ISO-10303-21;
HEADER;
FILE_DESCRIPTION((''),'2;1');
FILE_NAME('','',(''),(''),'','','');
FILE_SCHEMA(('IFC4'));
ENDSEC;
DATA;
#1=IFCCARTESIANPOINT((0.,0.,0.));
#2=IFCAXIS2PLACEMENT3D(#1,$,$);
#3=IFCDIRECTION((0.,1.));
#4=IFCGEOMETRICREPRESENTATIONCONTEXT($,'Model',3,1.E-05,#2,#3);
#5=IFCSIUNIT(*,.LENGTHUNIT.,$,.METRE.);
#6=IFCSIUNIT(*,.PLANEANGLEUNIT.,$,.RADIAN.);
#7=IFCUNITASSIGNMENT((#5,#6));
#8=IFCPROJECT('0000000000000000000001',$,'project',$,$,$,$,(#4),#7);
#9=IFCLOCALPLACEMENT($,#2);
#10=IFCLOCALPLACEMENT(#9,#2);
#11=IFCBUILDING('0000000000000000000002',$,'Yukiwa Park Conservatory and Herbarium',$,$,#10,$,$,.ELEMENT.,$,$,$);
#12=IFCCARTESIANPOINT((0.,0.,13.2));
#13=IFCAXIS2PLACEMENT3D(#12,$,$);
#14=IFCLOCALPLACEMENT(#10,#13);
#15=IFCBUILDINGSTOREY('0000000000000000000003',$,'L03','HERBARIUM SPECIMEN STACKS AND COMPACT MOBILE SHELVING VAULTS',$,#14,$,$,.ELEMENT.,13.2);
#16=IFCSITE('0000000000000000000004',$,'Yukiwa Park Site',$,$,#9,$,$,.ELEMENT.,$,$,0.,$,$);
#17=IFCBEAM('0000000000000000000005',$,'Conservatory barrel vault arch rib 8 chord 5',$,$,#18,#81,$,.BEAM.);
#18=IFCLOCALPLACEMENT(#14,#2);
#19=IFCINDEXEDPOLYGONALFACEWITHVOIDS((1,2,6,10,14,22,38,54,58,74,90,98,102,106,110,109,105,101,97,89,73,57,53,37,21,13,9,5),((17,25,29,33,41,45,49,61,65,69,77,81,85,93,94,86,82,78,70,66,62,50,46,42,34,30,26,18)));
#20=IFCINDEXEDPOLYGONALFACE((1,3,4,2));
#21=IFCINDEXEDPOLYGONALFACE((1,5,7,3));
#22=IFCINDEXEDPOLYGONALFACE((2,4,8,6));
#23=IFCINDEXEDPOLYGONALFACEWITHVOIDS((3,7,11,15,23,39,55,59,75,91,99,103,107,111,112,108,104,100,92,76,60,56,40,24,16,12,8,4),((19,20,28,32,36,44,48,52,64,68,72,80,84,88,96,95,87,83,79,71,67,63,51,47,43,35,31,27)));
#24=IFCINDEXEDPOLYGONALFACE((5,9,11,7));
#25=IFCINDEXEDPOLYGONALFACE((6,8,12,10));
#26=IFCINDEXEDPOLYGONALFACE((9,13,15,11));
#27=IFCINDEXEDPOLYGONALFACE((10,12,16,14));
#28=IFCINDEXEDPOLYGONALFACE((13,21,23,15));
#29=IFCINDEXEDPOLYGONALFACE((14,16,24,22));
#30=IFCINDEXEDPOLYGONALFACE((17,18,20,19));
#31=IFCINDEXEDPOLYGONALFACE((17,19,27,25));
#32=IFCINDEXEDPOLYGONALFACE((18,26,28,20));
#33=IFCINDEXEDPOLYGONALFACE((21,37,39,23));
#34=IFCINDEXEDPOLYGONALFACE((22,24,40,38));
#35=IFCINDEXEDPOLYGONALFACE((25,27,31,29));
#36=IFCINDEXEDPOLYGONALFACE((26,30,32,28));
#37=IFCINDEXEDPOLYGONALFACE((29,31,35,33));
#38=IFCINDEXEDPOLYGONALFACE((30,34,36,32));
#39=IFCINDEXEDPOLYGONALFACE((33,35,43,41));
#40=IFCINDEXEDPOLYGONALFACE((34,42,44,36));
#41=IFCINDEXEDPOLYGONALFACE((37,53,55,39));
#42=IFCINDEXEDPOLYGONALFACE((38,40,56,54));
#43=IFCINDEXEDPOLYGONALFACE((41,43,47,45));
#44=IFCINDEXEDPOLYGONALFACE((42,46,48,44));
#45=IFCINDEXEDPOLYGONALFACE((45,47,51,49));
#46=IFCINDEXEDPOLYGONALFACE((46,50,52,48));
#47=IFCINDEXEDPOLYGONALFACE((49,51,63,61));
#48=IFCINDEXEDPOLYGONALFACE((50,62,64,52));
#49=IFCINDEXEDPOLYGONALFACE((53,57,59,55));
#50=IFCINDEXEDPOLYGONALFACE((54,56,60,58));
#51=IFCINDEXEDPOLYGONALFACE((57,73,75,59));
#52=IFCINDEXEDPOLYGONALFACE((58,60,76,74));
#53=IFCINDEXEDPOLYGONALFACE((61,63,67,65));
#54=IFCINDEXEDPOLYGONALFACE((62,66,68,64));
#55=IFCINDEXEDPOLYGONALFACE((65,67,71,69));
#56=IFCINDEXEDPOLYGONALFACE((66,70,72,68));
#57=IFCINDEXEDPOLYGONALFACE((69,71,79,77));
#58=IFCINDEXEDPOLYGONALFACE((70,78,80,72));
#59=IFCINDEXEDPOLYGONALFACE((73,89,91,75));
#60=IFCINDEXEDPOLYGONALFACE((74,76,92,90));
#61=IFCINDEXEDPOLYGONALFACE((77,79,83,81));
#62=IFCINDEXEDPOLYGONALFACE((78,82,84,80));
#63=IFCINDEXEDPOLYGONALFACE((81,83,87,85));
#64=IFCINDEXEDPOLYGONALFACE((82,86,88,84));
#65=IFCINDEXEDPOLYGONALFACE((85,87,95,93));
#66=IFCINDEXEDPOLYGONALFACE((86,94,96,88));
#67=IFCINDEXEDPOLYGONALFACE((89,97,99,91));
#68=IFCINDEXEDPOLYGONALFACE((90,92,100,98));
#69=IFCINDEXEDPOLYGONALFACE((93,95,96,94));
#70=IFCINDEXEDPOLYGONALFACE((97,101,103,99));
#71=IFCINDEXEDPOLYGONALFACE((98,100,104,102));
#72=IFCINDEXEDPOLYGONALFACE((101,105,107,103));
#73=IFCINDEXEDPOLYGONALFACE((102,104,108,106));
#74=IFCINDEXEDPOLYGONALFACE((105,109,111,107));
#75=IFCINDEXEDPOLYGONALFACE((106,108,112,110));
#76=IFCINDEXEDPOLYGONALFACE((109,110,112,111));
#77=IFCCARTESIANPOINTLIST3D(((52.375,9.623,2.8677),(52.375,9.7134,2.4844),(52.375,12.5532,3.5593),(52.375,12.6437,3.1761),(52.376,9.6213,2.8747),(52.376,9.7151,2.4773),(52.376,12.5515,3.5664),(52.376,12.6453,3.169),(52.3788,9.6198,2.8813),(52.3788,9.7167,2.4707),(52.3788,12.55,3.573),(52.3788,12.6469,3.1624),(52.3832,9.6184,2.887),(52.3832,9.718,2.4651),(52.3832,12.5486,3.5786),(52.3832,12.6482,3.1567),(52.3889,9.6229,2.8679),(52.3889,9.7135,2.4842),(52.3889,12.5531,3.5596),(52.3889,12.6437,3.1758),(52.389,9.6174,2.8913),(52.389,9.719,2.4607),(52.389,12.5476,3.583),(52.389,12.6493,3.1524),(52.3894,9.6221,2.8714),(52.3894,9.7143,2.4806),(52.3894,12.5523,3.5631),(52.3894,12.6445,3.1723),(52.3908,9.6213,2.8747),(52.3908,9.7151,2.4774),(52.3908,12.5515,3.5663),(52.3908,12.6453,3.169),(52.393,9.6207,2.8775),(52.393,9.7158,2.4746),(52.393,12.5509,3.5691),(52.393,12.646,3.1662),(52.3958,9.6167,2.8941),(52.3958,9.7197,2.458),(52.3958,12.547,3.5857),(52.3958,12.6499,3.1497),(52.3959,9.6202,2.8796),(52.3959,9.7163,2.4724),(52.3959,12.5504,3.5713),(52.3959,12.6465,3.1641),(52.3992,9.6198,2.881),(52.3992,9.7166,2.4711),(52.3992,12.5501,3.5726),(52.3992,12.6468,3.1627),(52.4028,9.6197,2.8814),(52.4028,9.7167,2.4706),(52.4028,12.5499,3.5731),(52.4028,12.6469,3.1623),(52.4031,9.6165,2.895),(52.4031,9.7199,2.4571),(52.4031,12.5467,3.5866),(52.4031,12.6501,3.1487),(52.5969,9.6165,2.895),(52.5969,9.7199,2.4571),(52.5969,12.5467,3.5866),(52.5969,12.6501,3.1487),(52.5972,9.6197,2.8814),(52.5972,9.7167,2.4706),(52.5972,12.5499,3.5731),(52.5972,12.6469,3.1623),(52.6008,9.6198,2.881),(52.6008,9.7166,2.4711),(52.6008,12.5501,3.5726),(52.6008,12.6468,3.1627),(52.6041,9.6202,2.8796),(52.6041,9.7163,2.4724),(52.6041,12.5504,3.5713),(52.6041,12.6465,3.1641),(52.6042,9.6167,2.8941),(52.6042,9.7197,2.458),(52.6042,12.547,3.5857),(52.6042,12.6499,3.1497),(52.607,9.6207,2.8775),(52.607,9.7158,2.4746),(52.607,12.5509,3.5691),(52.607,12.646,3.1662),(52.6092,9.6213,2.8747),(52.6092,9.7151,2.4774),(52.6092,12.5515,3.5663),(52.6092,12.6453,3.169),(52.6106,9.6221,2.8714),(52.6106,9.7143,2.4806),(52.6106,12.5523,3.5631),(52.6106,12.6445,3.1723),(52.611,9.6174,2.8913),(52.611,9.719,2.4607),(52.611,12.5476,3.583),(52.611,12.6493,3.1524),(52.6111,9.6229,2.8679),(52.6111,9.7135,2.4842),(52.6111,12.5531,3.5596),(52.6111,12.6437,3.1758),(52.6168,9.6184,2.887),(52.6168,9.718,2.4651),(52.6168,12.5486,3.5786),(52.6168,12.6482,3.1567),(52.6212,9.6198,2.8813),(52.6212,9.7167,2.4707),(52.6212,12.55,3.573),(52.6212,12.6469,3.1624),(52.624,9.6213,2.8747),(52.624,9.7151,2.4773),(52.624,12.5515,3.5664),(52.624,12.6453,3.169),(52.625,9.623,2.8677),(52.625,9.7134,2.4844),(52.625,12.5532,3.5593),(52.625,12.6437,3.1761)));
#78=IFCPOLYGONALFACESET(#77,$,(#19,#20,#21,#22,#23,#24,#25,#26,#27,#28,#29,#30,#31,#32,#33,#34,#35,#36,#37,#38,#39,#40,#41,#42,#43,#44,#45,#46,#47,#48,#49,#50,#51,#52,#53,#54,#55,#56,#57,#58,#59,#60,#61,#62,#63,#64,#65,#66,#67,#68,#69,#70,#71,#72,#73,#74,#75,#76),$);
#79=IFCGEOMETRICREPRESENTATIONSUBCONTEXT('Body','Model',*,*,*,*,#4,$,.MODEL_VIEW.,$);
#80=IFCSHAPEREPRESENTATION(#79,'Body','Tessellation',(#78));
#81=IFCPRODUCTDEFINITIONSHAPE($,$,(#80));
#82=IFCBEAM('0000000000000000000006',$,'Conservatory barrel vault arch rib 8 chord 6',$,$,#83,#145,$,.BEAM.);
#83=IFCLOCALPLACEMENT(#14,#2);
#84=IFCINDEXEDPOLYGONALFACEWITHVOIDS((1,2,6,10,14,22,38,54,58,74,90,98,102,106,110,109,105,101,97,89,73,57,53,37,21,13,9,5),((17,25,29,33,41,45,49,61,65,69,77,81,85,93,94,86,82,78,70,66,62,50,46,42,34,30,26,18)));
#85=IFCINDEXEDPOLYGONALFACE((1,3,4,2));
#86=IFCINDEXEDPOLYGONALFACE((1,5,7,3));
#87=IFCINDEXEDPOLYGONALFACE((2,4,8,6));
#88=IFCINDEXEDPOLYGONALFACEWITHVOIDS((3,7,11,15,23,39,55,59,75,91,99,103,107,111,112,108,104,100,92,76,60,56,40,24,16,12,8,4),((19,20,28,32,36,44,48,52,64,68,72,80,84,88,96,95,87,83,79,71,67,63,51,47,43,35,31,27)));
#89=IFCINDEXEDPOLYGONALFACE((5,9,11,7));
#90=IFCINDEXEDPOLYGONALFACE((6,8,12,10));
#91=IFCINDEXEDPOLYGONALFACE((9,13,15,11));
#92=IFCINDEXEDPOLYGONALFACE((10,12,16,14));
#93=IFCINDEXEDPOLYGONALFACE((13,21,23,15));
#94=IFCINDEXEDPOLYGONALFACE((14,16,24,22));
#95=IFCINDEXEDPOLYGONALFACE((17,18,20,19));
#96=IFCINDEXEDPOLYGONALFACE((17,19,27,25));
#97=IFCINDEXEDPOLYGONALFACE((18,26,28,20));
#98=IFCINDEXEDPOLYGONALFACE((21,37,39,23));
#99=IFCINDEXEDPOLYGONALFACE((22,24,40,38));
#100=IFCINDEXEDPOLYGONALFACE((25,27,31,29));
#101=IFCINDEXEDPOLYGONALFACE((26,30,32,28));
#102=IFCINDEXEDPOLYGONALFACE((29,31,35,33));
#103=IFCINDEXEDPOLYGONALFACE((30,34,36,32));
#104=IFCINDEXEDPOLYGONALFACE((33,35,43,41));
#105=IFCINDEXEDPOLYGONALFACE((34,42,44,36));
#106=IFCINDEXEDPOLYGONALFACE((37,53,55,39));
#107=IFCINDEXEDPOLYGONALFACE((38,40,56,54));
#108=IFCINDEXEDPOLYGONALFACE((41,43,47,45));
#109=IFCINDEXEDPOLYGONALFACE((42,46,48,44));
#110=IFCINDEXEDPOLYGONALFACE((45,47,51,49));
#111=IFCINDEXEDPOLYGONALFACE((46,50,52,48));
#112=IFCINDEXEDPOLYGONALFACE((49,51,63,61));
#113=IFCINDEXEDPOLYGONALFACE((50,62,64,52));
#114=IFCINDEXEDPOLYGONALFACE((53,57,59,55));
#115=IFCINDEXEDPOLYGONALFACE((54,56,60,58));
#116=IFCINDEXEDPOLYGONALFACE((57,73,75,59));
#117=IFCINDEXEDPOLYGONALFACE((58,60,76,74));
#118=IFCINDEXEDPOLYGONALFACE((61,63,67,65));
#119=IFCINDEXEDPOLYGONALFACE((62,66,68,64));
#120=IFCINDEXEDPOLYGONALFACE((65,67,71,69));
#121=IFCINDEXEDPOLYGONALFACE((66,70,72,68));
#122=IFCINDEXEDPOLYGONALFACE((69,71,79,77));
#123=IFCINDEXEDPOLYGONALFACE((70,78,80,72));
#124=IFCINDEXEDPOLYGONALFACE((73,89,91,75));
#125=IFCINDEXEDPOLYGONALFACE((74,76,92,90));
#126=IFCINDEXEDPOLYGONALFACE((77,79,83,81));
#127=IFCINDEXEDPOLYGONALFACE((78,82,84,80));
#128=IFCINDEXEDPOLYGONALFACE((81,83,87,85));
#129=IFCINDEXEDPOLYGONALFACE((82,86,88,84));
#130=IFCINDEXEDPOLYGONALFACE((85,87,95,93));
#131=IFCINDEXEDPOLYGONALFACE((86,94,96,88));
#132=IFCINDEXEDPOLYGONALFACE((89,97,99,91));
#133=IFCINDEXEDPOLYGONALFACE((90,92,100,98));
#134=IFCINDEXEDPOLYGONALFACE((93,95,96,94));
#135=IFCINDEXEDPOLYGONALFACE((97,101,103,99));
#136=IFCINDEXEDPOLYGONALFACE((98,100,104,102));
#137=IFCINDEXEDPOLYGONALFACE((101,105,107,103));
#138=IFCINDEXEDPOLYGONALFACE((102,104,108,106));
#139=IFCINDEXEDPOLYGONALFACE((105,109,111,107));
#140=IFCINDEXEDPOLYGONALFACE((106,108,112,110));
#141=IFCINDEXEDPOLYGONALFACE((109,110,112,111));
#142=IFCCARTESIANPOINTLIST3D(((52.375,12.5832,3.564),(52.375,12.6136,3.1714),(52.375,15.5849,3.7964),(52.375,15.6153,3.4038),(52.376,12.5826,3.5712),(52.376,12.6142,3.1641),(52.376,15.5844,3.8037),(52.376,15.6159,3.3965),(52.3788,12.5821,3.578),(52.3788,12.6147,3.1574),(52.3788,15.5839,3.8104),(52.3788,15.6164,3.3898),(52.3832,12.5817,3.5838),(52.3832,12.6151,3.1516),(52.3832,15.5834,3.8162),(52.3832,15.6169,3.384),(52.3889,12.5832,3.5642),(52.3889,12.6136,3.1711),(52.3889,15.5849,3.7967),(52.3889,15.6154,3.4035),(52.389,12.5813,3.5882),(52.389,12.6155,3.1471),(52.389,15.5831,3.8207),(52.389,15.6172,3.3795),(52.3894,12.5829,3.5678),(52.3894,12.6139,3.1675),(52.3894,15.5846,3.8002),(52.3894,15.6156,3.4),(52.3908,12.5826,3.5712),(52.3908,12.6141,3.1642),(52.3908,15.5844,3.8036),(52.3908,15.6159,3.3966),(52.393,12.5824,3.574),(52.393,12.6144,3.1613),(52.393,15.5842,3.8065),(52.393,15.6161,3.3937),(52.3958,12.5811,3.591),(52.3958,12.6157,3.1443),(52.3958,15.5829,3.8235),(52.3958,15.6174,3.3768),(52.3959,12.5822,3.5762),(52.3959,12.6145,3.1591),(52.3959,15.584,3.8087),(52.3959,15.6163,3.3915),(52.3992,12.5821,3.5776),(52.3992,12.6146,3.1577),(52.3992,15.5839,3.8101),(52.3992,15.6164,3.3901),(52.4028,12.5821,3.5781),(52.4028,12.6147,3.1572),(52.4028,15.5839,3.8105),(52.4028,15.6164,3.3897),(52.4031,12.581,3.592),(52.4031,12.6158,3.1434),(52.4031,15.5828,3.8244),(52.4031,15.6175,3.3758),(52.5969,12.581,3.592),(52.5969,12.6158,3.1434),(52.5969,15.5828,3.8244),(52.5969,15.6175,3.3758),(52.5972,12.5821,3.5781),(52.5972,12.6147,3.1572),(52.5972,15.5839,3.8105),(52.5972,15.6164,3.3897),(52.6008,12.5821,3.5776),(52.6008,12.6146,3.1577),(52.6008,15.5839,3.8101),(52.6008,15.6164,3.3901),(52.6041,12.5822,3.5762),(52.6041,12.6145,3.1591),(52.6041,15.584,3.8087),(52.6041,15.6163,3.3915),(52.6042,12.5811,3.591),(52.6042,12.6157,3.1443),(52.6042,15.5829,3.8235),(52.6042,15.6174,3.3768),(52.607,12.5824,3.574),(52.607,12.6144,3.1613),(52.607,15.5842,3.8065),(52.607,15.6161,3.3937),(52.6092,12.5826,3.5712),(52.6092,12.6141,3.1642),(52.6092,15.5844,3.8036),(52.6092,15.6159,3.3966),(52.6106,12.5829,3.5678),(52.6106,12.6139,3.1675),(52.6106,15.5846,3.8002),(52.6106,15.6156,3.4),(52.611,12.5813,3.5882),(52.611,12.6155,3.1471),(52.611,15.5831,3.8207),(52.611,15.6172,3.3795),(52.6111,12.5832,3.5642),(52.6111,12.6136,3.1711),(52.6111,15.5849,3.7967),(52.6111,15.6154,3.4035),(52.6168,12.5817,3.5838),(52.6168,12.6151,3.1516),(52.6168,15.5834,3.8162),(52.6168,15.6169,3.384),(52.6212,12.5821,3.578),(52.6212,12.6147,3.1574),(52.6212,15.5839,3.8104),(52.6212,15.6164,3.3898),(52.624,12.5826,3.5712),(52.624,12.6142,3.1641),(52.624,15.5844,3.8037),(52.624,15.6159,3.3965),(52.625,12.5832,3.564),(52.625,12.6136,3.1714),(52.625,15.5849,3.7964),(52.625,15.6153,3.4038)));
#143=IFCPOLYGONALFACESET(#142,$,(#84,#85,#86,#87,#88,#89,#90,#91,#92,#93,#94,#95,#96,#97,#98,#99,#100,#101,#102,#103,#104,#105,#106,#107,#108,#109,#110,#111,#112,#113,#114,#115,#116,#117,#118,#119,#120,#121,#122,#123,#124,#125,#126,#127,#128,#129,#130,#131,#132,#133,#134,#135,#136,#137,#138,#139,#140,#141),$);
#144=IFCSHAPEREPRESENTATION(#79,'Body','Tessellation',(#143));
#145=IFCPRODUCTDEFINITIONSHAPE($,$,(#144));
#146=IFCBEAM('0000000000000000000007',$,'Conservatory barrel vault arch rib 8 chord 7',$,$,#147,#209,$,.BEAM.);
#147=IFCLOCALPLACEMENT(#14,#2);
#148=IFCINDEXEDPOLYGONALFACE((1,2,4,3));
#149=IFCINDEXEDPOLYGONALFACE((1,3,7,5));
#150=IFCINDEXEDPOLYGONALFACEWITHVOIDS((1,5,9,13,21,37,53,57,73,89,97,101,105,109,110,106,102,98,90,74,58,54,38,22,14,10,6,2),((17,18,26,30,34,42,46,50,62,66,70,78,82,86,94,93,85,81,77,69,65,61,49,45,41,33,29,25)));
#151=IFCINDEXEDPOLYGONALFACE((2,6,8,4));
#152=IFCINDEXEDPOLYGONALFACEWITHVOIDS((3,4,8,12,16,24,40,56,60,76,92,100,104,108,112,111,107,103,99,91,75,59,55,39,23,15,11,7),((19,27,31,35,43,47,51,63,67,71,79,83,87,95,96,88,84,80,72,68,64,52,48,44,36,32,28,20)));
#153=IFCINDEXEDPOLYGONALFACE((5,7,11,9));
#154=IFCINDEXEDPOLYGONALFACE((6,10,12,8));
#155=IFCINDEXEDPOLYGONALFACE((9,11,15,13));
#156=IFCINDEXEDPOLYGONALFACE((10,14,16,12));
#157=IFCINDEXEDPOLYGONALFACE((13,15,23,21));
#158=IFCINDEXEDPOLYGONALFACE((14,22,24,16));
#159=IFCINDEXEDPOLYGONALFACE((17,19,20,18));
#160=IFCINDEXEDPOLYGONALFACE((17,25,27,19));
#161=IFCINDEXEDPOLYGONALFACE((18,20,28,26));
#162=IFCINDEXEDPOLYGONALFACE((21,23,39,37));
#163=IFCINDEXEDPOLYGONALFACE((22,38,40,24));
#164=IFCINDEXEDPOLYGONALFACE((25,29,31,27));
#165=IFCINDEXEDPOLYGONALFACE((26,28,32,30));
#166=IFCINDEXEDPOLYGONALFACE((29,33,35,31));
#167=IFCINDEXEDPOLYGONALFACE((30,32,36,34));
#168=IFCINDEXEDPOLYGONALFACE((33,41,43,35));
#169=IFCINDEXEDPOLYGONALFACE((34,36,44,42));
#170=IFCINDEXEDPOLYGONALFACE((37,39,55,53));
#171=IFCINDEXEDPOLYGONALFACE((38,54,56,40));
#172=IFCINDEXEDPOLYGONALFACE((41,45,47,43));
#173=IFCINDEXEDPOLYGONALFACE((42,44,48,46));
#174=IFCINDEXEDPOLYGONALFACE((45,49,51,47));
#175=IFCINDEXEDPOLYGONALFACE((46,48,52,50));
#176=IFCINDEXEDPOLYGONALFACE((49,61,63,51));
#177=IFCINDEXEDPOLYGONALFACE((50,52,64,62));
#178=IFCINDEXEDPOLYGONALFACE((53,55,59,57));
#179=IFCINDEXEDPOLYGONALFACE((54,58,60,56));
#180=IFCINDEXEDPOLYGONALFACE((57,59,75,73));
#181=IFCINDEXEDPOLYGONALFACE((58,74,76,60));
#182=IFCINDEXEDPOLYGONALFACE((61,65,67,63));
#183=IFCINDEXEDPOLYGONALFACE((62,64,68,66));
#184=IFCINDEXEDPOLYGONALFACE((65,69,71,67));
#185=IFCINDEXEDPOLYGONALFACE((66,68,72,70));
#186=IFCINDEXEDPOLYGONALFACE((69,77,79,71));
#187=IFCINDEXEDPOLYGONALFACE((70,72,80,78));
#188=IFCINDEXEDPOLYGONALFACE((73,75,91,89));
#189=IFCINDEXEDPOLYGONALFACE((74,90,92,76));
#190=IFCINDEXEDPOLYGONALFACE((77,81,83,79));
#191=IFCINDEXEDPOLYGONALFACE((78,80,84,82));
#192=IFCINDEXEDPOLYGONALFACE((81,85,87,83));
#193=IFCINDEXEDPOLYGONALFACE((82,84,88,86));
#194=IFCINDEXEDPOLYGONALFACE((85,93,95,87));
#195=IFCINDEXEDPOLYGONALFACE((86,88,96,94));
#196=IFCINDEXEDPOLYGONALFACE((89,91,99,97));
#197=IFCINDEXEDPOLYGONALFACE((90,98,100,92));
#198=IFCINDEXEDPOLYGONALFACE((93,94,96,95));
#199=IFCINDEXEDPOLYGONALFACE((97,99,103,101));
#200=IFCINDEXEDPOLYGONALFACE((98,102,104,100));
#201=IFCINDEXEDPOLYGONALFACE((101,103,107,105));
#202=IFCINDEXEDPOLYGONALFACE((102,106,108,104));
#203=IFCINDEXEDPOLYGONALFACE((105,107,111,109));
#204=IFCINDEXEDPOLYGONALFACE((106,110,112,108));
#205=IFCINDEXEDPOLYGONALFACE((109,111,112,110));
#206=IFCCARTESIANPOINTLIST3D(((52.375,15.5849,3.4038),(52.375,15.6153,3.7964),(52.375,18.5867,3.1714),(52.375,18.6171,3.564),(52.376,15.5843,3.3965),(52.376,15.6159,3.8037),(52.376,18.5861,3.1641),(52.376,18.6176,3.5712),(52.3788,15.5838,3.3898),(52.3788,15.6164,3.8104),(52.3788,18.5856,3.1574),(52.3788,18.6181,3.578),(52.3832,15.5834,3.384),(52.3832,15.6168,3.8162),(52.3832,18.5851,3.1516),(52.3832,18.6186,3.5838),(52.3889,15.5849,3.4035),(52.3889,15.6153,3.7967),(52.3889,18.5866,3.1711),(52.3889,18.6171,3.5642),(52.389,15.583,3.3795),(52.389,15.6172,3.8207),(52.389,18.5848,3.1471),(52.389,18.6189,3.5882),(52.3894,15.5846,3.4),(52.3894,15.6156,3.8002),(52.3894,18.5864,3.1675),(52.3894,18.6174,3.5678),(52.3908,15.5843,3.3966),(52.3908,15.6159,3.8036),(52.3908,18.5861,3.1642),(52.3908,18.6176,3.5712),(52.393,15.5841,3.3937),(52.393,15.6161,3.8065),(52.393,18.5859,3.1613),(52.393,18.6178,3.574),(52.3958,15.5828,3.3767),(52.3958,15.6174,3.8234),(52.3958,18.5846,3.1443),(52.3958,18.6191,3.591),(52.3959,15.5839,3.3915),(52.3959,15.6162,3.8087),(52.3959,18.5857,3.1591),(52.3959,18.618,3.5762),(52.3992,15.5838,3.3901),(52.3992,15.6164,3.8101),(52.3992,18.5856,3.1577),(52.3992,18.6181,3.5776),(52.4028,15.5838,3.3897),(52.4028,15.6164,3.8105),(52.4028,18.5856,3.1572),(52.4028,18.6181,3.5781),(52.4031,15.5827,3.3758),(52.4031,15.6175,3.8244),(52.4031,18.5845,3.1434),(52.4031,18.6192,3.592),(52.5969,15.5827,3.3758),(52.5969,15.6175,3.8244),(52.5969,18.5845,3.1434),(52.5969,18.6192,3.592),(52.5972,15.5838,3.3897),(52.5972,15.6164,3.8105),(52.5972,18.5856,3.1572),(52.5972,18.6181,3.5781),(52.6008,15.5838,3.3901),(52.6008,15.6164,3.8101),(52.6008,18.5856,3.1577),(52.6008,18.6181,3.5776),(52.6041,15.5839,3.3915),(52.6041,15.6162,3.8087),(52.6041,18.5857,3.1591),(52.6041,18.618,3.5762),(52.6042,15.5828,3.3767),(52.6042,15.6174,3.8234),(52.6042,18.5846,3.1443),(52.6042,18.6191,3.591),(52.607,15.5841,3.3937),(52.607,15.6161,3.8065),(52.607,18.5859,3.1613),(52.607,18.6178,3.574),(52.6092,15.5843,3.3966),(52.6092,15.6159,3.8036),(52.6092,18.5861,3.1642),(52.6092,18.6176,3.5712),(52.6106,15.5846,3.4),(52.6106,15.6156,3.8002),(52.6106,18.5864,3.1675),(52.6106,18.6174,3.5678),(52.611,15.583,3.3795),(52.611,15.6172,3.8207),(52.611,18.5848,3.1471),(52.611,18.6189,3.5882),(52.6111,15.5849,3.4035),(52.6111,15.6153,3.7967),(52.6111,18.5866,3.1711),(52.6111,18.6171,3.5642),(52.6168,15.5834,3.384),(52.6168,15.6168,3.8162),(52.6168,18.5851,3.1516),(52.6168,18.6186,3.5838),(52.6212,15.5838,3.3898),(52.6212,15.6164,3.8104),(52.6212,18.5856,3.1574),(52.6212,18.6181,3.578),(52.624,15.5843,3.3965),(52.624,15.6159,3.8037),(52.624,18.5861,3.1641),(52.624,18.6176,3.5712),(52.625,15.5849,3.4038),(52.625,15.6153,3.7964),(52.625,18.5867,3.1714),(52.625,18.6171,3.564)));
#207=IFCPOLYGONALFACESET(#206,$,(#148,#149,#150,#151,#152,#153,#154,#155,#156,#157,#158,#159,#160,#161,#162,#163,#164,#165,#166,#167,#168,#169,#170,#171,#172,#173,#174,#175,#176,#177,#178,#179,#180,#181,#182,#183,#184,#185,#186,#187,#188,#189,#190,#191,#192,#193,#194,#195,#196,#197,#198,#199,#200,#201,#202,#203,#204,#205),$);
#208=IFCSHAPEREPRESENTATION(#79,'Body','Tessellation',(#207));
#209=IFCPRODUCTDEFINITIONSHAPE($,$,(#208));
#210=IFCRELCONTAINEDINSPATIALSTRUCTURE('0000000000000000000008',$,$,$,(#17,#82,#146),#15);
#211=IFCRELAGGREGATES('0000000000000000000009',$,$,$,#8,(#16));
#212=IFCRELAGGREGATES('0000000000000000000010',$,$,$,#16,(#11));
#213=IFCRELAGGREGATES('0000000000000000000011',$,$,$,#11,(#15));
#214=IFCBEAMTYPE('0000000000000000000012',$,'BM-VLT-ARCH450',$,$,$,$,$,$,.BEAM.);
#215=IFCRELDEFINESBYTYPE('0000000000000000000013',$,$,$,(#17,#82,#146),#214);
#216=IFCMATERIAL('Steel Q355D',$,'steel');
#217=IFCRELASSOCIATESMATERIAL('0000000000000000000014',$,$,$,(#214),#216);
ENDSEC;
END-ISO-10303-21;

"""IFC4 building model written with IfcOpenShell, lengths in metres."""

from ifc_helpers import new_model, si_unit, direction, frame, origin, origin_2d, place, context, subcontext, project, spatial, hollow_rectangle, extrude, material, material_profile, profile_set, type_object, element, save


model = new_model("IFC4")

# Units and contexts
model_context = context("Model", 3, precision=1e-05, world=origin(), true_north=direction((0.0, 1.0)))
body_context = subcontext(model_context, "Body", "Model", "MODEL_VIEW")
ifc_project = project(units=[si_unit("LENGTHUNIT", "METRE"), si_unit("PLANEANGLEUNIT", "RADIAN")], contexts=[model_context])

# Site, building, storey
site_placement = place(None, origin())
site = spatial("IfcSite", under=ifc_project, at=site_placement, Name="Yukiwa Park Site", CompositionType="ELEMENT", RefElevation=0.0)
building_placement = place(site_placement, origin())
building = spatial("IfcBuilding", under=site, at=building_placement, Name="Yukiwa Park Conservatory and Herbarium", CompositionType="ELEMENT")
storey_placement = place(building_placement, frame((0.0, 0.0, 13.2)))
storey = spatial("IfcBuildingStorey", under=building, at=storey_placement, Name="L03", Description="HERBARIUM SPECIMEN STACKS AND COMPACT MOBILE SHELVING VAULTS", CompositionType="ELEMENT", Elevation=13.2)

# Beams
ifc_material_1 = material(Name="Steel Q355D", Category="steel")
ifc_material_profile_1 = material_profile(ifc_material_1, hollow_rectangle(XDim=0.25, YDim=0.45, WallThickness=0.0139, InnerFilletRadius=0.0139, OuterFilletRadius=0.0281, at=origin_2d()), Name="RHS 450x250x14")
ifc_profile_set_1 = profile_set([ifc_material_profile_1], Name="Steel Q355D")
beam_type = type_object("IfcBeamType", Name="BM-VLT-ARCH450", PredefinedType="BEAM", material=ifc_profile_set_1)
for number, where, z_axis, x_axis, name in (
    (1, (52.5, 9.6682, 2.676), (0.0, 0.973254, 0.229731), (-1.0, 0.0, 0.0), "Conservatory barrel vault arch rib 8 chord 5"),
    (2, (52.5, 12.5984, 3.3677), (0.0, 0.997016, 0.077199), (-1.0, 0.0, 0.0), "Conservatory barrel vault arch rib 8 chord 6"),
    (3, (52.5, 15.6001, 3.6001), (0.0, 0.997016, -0.077199), (-1.0, 0.0, 0.0), "Conservatory barrel vault arch rib 8 chord 7"),
):
    element("IfcBeam", number, at=place(storey_placement, frame(where, z_axis=z_axis, x_axis=x_axis)), inside=storey, type_object=beam_type, Name=name, PredefinedType="BEAM", context=body_context, shape_type="SweptSolid", body=[
        extrude(hollow_rectangle(XDim=0.25, YDim=0.45, WallThickness=0.0139, InnerFilletRadius=0.0139, OuterFilletRadius=0.0281, at=origin_2d()), origin(), (0.0, 0.0, 1.0), 3.0107),
    ])

save(model, "model.ifc")
